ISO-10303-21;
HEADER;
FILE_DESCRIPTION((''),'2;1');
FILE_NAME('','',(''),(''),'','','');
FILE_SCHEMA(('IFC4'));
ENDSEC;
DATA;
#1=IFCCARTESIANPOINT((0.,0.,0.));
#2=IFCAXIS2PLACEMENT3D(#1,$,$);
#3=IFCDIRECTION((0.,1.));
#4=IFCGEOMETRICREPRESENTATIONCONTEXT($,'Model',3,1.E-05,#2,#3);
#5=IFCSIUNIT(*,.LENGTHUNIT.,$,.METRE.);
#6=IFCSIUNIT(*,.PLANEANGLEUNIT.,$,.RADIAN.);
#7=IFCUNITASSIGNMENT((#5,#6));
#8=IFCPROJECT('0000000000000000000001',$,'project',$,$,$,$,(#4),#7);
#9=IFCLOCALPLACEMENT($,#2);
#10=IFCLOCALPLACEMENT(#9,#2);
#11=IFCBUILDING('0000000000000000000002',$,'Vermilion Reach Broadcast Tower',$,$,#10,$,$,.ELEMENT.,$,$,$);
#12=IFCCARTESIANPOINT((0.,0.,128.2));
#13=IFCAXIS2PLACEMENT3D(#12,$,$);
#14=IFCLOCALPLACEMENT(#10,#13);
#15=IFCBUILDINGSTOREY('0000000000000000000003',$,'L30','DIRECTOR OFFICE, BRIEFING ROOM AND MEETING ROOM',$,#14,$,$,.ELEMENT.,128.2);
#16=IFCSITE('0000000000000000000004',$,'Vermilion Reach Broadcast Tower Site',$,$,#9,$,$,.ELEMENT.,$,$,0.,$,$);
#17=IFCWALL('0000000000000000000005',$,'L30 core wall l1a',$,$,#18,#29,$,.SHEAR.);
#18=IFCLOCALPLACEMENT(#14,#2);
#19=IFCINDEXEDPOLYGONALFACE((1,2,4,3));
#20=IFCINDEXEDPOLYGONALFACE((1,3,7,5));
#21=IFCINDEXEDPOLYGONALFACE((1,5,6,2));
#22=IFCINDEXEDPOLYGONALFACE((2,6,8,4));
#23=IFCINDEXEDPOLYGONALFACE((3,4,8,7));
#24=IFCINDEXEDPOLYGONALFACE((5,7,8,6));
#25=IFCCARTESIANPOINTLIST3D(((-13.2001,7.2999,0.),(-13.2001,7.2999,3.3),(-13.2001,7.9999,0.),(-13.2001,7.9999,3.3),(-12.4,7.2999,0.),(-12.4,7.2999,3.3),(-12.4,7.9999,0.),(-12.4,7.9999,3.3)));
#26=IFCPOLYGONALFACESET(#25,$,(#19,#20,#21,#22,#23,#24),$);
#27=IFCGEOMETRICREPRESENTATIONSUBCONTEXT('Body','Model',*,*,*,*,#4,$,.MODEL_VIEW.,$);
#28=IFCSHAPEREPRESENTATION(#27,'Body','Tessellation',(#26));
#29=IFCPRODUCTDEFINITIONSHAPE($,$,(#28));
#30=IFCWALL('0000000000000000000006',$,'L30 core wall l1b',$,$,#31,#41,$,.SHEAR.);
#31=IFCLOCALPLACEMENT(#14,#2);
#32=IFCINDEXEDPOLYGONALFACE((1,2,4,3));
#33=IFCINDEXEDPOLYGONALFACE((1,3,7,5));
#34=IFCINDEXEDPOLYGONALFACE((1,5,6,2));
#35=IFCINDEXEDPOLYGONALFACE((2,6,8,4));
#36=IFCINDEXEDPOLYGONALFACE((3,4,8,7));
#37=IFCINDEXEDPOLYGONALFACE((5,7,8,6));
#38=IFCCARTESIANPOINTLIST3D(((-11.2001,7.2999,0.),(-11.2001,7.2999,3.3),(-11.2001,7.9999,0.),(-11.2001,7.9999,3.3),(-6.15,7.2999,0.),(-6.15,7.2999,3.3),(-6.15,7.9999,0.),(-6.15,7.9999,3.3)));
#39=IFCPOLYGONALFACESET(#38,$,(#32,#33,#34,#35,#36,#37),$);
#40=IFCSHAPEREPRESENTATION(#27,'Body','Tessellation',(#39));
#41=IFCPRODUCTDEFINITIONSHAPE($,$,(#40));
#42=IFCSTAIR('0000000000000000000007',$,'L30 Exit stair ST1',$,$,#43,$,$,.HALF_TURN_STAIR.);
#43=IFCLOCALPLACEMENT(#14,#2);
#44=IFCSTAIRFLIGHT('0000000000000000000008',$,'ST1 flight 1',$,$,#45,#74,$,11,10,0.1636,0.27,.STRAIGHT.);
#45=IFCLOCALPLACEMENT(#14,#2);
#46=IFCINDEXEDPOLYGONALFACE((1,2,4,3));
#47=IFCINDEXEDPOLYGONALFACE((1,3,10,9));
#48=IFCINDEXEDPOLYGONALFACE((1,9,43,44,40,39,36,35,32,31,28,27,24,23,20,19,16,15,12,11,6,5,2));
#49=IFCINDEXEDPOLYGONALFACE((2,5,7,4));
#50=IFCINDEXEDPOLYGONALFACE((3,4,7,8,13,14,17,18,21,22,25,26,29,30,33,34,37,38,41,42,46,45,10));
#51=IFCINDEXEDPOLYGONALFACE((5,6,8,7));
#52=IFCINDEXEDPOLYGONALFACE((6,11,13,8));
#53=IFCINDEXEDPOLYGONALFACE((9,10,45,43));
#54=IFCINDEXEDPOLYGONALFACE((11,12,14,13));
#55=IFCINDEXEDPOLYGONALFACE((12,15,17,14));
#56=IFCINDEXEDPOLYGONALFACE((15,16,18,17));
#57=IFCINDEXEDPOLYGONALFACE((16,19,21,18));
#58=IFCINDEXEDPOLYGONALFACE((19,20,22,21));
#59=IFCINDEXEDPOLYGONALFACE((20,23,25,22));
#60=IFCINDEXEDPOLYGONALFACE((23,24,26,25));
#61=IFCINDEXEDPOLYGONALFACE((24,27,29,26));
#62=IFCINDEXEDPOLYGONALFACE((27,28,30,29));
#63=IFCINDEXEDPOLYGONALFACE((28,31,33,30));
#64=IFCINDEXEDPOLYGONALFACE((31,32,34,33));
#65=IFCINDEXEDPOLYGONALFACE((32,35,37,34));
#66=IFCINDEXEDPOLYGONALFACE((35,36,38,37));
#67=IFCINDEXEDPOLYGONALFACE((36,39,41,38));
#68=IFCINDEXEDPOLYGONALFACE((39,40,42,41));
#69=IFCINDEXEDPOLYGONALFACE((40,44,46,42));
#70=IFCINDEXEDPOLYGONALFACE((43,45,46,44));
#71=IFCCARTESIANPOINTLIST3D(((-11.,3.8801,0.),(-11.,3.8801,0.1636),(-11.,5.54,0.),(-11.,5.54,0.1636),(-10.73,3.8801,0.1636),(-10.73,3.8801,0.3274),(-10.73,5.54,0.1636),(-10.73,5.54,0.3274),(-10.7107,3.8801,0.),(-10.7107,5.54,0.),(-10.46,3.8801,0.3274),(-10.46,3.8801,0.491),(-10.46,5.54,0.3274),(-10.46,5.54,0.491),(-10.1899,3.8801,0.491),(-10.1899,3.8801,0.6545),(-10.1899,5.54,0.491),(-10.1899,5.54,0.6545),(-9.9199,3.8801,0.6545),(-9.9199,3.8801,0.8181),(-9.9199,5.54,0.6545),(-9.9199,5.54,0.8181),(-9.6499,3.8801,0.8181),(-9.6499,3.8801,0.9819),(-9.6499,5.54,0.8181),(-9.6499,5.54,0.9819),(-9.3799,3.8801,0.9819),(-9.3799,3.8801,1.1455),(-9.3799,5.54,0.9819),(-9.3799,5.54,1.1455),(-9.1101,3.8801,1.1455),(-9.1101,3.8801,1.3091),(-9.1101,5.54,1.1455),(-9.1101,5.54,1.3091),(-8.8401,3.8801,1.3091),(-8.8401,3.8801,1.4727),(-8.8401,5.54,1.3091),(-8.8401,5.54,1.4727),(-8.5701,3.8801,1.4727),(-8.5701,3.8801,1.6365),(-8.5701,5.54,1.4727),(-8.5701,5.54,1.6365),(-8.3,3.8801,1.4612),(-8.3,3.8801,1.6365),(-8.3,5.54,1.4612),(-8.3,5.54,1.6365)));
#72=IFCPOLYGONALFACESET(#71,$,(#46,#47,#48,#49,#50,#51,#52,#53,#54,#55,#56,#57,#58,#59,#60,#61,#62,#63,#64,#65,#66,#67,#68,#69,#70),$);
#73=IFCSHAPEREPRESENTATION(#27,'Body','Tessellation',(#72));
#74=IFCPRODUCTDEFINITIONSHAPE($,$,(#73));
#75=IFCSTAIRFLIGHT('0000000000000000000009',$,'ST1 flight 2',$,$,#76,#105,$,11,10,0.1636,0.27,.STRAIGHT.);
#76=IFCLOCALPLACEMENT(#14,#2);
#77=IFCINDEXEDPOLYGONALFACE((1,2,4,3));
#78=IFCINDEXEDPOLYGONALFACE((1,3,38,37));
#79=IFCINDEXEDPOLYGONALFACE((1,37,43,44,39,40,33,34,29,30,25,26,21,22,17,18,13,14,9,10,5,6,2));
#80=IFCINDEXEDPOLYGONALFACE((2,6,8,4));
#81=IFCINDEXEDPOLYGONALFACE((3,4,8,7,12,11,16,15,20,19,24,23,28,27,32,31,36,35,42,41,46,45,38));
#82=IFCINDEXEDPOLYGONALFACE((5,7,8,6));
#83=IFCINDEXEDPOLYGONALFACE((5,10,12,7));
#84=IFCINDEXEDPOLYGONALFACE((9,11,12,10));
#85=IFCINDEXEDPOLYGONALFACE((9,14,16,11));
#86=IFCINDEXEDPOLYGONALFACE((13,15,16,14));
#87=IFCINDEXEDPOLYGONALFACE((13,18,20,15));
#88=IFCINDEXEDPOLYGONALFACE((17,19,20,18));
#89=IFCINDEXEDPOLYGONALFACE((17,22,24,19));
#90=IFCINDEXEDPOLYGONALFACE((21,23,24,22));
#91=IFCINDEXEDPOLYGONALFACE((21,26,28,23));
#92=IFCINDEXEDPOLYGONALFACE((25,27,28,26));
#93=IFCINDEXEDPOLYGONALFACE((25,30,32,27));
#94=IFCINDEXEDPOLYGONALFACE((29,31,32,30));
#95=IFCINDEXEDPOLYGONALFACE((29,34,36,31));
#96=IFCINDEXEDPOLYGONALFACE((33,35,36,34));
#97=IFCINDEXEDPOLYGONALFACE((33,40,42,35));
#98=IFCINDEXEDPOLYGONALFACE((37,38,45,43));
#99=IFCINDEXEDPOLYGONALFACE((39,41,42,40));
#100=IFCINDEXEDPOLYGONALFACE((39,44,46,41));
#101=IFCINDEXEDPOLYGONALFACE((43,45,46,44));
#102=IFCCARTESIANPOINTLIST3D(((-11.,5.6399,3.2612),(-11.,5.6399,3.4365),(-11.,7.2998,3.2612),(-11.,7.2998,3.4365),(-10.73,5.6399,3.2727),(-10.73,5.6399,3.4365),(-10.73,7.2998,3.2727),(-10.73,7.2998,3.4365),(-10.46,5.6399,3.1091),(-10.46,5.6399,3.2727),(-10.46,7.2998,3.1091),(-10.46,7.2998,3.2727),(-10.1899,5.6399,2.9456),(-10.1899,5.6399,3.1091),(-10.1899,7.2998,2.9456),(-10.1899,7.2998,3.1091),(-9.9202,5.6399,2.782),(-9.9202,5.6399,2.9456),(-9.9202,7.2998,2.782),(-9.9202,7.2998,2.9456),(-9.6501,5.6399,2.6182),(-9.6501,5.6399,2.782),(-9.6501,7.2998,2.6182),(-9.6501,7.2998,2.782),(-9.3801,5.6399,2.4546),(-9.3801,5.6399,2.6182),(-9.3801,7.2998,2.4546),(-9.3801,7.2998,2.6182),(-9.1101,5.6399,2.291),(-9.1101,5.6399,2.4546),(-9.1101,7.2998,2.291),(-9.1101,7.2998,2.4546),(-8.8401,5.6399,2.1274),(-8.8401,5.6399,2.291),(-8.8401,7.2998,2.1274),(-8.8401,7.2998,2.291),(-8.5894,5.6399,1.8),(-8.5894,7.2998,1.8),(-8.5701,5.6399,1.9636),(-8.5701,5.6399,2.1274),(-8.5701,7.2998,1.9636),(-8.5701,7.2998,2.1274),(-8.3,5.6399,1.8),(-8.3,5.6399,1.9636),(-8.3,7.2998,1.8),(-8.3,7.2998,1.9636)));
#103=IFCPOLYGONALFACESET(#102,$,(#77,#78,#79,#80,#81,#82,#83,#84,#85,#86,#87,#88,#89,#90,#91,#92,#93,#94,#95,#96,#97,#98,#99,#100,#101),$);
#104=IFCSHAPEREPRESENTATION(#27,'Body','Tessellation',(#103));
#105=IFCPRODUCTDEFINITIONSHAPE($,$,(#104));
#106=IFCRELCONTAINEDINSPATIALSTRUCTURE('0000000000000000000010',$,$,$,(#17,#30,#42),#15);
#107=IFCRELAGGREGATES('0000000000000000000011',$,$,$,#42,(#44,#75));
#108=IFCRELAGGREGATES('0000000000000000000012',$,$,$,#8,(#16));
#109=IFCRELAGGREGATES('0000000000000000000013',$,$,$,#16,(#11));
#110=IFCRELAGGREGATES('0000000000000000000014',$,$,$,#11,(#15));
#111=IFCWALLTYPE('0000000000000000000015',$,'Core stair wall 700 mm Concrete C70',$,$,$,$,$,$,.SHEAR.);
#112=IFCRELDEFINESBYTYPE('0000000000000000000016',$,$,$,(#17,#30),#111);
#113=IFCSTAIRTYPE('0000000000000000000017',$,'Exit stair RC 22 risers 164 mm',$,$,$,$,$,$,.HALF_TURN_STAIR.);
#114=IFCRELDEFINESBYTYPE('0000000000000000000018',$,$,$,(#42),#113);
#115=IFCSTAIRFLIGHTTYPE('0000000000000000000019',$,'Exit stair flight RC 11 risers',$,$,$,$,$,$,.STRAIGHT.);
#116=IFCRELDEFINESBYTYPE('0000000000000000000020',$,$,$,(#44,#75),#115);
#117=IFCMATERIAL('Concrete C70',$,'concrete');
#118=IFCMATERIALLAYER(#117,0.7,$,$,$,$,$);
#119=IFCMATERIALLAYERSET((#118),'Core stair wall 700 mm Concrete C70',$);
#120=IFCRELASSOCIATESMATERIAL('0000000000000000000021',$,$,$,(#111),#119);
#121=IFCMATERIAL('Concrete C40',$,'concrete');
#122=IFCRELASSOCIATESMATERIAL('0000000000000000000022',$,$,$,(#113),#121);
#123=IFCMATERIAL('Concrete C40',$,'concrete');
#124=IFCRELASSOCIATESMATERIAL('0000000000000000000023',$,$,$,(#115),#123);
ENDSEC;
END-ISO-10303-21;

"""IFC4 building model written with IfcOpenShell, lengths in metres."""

from ifc_helpers import new_model, si_unit, direction, frame, frame_2d, origin, place, context, subcontext, project, spatial, polyline, rectangle, outline, extrude, material, layer, layer_set, type_object, element, aggregate, save


model = new_model("IFC4")

# Units and contexts
model_context = context("Model", 3, precision=1e-05, world=origin(), true_north=direction((0.0, 1.0)))
body_context = subcontext(model_context, "Body", "Model", "MODEL_VIEW")
ifc_project = project(units=[si_unit("LENGTHUNIT", "METRE"), si_unit("PLANEANGLEUNIT", "RADIAN")], contexts=[model_context])

# Site, building, storey
site_placement = place(None, origin())
site = spatial("IfcSite", under=ifc_project, at=site_placement, Name="Vermilion Reach Broadcast Tower Site", CompositionType="ELEMENT", RefElevation=0.0)
building_placement = place(site_placement, origin())
building = spatial("IfcBuilding", under=site, at=building_placement, Name="Vermilion Reach Broadcast Tower", CompositionType="ELEMENT")
storey_placement = place(building_placement, frame((0.0, 0.0, 128.2)))
storey = spatial("IfcBuildingStorey", under=building, at=storey_placement, Name="L30", Description="DIRECTOR OFFICE, BRIEFING ROOM AND MEETING ROOM", CompositionType="ELEMENT", Elevation=128.2)

# Walls
ifc_material_1 = material(Name="Concrete C70", Category="concrete")
ifc_layer_1 = layer(ifc_material_1, 0.7)
ifc_layer_set_1 = layer_set([ifc_layer_1], Name="Core stair wall 700 mm Concrete C70")
wall_type_1 = type_object("IfcWallType", Name="Core stair wall 700 mm Concrete C70", PredefinedType="SHEAR", material=ifc_layer_set_1)
wall_1_placement = place(storey_placement, frame((-13.2, 7.6499, 0.0), z_axis=(0.0, 0.0, 1.0), x_axis=(1.0, 0.0, 0.0)))
element("IfcWall", 1, at=wall_1_placement, inside=storey, type_object=wall_type_1, Name="L30 core wall l1a", PredefinedType="SHEAR", context=body_context, shape_type="SweptSolid", body=[
    extrude(rectangle(XDim=0.8, YDim=0.7, at=frame_2d((0.3999, 0.0))), origin(), (0.0, 0.0, 1.0), 3.3),
])
wall_2_placement = place(storey_placement, frame((-11.2, 7.6499, 0.0), z_axis=(0.0, 0.0, 1.0), x_axis=(1.0, 0.0, 0.0)))
element("IfcWall", 2, at=wall_2_placement, inside=storey, type_object=wall_type_1, Name="L30 core wall l1b", PredefinedType="SHEAR", context=body_context, shape_type="SweptSolid", body=[
    extrude(rectangle(XDim=5.05, YDim=0.7, at=frame_2d((2.5249, 0.0))), origin(), (0.0, 0.0, 1.0), 3.3),
])

# Stair, stair flights
ifc_material_2 = material(Name="Concrete C40", Category="concrete")
stair_type = type_object("IfcStairType", Name="Exit stair RC 22 risers 164 mm", PredefinedType="HALF_TURN_STAIR", material=ifc_material_2)
stair_placement = place(storey_placement, origin())
stair = element("IfcStair", 3, at=stair_placement, inside=storey, type_object=stair_type, Name="L30 Exit stair ST1", PredefinedType="HALF_TURN_STAIR")
ifc_material_3 = material(Name="Concrete C40", Category="concrete")
stair_flight_type = type_object("IfcStairFlightType", Name="Exit stair flight RC 11 risers", PredefinedType="STRAIGHT", material=ifc_material_3)
stair_flight_1_placement = place(storey_placement, frame((-11.0, 4.71, 0.0), z_axis=(0.0, 0.0, 1.0), x_axis=(1.0, 0.0, 0.0)))
stair_flight_1 = element("IfcStairFlight", 4, at=stair_flight_1_placement, type_object=stair_flight_type, Name="ST1 flight 1", NumberOfRisers=11, NumberOfTreads=10, PredefinedType="STRAIGHT", RiserHeight=0.1636, TreadLength=0.27, context=body_context, shape_type="SweptSolid", body=[
    extrude(outline(polyline([(0.0, 0.0), (0.0, 0.1636), (0.27, 0.1636), (0.27, 0.3274), (0.54, 0.3274), (0.54, 0.491), (0.8101, 0.491), (0.8101, 0.6545), (1.0801, 0.6545), (1.0801, 0.8181), (1.3501, 0.8181), (1.3501, 0.9819), (1.6201, 0.9819), (1.6201, 1.1455), (1.8899, 1.1455), (1.8899, 1.3091), (2.1599, 1.3091), (2.1599, 1.4727), (2.4299, 1.4727), (2.4299, 1.6365), (2.7, 1.6365), (2.7, 1.8), (2.7, 1.4612), (0.2893, 0.0), (0.0, 0.0)])), frame((0.0, 0.8301, 0.0), z_axis=(0.0, -1.0, 0.0), x_axis=(1.0, 0.0, 0.0)), (0.0, 0.0, 1.0), 1.6599),
])
stair_flight_2_placement = place(storey_placement, frame((-8.3, 6.47, 1.8), z_axis=(0.0, 0.0, 1.0), x_axis=(-1.0, 0.0, 0.0)))
stair_flight_2 = element("IfcStairFlight", 5, at=stair_flight_2_placement, type_object=stair_flight_type, Name="ST1 flight 2", NumberOfRisers=11, NumberOfTreads=10, PredefinedType="STRAIGHT", RiserHeight=0.1636, TreadLength=0.27, context=body_context, shape_type="SweptSolid", body=[
    extrude(outline(polyline([(0.0, 0.0), (0.0, 0.1636), (0.27, 0.1636), (0.27, 0.3274), (0.54, 0.3274), (0.54, 0.491), (0.8101, 0.491), (0.8101, 0.6545), (1.0801, 0.6545), (1.0801, 0.8181), (1.3501, 0.8181), (1.3501, 0.9819), (1.6201, 0.9819), (1.6201, 1.1455), (1.8899, 1.1455), (1.8899, 1.3091), (2.1599, 1.3091), (2.1599, 1.4727), (2.4299, 1.4727), (2.4299, 1.6365), (2.7, 1.6365), (2.7, 1.8), (2.7, 1.4612), (0.2893, 0.0), (0.0, 0.0)])), frame((0.0, 0.8301, 0.0), z_axis=(0.0, -1.0, 0.0), x_axis=(1.0, 0.0, 0.0)), (0.0, 0.0, 1.0), 1.6599),
])
aggregate(stair, [stair_flight_1, stair_flight_2])

save(model, "model.ifc")
